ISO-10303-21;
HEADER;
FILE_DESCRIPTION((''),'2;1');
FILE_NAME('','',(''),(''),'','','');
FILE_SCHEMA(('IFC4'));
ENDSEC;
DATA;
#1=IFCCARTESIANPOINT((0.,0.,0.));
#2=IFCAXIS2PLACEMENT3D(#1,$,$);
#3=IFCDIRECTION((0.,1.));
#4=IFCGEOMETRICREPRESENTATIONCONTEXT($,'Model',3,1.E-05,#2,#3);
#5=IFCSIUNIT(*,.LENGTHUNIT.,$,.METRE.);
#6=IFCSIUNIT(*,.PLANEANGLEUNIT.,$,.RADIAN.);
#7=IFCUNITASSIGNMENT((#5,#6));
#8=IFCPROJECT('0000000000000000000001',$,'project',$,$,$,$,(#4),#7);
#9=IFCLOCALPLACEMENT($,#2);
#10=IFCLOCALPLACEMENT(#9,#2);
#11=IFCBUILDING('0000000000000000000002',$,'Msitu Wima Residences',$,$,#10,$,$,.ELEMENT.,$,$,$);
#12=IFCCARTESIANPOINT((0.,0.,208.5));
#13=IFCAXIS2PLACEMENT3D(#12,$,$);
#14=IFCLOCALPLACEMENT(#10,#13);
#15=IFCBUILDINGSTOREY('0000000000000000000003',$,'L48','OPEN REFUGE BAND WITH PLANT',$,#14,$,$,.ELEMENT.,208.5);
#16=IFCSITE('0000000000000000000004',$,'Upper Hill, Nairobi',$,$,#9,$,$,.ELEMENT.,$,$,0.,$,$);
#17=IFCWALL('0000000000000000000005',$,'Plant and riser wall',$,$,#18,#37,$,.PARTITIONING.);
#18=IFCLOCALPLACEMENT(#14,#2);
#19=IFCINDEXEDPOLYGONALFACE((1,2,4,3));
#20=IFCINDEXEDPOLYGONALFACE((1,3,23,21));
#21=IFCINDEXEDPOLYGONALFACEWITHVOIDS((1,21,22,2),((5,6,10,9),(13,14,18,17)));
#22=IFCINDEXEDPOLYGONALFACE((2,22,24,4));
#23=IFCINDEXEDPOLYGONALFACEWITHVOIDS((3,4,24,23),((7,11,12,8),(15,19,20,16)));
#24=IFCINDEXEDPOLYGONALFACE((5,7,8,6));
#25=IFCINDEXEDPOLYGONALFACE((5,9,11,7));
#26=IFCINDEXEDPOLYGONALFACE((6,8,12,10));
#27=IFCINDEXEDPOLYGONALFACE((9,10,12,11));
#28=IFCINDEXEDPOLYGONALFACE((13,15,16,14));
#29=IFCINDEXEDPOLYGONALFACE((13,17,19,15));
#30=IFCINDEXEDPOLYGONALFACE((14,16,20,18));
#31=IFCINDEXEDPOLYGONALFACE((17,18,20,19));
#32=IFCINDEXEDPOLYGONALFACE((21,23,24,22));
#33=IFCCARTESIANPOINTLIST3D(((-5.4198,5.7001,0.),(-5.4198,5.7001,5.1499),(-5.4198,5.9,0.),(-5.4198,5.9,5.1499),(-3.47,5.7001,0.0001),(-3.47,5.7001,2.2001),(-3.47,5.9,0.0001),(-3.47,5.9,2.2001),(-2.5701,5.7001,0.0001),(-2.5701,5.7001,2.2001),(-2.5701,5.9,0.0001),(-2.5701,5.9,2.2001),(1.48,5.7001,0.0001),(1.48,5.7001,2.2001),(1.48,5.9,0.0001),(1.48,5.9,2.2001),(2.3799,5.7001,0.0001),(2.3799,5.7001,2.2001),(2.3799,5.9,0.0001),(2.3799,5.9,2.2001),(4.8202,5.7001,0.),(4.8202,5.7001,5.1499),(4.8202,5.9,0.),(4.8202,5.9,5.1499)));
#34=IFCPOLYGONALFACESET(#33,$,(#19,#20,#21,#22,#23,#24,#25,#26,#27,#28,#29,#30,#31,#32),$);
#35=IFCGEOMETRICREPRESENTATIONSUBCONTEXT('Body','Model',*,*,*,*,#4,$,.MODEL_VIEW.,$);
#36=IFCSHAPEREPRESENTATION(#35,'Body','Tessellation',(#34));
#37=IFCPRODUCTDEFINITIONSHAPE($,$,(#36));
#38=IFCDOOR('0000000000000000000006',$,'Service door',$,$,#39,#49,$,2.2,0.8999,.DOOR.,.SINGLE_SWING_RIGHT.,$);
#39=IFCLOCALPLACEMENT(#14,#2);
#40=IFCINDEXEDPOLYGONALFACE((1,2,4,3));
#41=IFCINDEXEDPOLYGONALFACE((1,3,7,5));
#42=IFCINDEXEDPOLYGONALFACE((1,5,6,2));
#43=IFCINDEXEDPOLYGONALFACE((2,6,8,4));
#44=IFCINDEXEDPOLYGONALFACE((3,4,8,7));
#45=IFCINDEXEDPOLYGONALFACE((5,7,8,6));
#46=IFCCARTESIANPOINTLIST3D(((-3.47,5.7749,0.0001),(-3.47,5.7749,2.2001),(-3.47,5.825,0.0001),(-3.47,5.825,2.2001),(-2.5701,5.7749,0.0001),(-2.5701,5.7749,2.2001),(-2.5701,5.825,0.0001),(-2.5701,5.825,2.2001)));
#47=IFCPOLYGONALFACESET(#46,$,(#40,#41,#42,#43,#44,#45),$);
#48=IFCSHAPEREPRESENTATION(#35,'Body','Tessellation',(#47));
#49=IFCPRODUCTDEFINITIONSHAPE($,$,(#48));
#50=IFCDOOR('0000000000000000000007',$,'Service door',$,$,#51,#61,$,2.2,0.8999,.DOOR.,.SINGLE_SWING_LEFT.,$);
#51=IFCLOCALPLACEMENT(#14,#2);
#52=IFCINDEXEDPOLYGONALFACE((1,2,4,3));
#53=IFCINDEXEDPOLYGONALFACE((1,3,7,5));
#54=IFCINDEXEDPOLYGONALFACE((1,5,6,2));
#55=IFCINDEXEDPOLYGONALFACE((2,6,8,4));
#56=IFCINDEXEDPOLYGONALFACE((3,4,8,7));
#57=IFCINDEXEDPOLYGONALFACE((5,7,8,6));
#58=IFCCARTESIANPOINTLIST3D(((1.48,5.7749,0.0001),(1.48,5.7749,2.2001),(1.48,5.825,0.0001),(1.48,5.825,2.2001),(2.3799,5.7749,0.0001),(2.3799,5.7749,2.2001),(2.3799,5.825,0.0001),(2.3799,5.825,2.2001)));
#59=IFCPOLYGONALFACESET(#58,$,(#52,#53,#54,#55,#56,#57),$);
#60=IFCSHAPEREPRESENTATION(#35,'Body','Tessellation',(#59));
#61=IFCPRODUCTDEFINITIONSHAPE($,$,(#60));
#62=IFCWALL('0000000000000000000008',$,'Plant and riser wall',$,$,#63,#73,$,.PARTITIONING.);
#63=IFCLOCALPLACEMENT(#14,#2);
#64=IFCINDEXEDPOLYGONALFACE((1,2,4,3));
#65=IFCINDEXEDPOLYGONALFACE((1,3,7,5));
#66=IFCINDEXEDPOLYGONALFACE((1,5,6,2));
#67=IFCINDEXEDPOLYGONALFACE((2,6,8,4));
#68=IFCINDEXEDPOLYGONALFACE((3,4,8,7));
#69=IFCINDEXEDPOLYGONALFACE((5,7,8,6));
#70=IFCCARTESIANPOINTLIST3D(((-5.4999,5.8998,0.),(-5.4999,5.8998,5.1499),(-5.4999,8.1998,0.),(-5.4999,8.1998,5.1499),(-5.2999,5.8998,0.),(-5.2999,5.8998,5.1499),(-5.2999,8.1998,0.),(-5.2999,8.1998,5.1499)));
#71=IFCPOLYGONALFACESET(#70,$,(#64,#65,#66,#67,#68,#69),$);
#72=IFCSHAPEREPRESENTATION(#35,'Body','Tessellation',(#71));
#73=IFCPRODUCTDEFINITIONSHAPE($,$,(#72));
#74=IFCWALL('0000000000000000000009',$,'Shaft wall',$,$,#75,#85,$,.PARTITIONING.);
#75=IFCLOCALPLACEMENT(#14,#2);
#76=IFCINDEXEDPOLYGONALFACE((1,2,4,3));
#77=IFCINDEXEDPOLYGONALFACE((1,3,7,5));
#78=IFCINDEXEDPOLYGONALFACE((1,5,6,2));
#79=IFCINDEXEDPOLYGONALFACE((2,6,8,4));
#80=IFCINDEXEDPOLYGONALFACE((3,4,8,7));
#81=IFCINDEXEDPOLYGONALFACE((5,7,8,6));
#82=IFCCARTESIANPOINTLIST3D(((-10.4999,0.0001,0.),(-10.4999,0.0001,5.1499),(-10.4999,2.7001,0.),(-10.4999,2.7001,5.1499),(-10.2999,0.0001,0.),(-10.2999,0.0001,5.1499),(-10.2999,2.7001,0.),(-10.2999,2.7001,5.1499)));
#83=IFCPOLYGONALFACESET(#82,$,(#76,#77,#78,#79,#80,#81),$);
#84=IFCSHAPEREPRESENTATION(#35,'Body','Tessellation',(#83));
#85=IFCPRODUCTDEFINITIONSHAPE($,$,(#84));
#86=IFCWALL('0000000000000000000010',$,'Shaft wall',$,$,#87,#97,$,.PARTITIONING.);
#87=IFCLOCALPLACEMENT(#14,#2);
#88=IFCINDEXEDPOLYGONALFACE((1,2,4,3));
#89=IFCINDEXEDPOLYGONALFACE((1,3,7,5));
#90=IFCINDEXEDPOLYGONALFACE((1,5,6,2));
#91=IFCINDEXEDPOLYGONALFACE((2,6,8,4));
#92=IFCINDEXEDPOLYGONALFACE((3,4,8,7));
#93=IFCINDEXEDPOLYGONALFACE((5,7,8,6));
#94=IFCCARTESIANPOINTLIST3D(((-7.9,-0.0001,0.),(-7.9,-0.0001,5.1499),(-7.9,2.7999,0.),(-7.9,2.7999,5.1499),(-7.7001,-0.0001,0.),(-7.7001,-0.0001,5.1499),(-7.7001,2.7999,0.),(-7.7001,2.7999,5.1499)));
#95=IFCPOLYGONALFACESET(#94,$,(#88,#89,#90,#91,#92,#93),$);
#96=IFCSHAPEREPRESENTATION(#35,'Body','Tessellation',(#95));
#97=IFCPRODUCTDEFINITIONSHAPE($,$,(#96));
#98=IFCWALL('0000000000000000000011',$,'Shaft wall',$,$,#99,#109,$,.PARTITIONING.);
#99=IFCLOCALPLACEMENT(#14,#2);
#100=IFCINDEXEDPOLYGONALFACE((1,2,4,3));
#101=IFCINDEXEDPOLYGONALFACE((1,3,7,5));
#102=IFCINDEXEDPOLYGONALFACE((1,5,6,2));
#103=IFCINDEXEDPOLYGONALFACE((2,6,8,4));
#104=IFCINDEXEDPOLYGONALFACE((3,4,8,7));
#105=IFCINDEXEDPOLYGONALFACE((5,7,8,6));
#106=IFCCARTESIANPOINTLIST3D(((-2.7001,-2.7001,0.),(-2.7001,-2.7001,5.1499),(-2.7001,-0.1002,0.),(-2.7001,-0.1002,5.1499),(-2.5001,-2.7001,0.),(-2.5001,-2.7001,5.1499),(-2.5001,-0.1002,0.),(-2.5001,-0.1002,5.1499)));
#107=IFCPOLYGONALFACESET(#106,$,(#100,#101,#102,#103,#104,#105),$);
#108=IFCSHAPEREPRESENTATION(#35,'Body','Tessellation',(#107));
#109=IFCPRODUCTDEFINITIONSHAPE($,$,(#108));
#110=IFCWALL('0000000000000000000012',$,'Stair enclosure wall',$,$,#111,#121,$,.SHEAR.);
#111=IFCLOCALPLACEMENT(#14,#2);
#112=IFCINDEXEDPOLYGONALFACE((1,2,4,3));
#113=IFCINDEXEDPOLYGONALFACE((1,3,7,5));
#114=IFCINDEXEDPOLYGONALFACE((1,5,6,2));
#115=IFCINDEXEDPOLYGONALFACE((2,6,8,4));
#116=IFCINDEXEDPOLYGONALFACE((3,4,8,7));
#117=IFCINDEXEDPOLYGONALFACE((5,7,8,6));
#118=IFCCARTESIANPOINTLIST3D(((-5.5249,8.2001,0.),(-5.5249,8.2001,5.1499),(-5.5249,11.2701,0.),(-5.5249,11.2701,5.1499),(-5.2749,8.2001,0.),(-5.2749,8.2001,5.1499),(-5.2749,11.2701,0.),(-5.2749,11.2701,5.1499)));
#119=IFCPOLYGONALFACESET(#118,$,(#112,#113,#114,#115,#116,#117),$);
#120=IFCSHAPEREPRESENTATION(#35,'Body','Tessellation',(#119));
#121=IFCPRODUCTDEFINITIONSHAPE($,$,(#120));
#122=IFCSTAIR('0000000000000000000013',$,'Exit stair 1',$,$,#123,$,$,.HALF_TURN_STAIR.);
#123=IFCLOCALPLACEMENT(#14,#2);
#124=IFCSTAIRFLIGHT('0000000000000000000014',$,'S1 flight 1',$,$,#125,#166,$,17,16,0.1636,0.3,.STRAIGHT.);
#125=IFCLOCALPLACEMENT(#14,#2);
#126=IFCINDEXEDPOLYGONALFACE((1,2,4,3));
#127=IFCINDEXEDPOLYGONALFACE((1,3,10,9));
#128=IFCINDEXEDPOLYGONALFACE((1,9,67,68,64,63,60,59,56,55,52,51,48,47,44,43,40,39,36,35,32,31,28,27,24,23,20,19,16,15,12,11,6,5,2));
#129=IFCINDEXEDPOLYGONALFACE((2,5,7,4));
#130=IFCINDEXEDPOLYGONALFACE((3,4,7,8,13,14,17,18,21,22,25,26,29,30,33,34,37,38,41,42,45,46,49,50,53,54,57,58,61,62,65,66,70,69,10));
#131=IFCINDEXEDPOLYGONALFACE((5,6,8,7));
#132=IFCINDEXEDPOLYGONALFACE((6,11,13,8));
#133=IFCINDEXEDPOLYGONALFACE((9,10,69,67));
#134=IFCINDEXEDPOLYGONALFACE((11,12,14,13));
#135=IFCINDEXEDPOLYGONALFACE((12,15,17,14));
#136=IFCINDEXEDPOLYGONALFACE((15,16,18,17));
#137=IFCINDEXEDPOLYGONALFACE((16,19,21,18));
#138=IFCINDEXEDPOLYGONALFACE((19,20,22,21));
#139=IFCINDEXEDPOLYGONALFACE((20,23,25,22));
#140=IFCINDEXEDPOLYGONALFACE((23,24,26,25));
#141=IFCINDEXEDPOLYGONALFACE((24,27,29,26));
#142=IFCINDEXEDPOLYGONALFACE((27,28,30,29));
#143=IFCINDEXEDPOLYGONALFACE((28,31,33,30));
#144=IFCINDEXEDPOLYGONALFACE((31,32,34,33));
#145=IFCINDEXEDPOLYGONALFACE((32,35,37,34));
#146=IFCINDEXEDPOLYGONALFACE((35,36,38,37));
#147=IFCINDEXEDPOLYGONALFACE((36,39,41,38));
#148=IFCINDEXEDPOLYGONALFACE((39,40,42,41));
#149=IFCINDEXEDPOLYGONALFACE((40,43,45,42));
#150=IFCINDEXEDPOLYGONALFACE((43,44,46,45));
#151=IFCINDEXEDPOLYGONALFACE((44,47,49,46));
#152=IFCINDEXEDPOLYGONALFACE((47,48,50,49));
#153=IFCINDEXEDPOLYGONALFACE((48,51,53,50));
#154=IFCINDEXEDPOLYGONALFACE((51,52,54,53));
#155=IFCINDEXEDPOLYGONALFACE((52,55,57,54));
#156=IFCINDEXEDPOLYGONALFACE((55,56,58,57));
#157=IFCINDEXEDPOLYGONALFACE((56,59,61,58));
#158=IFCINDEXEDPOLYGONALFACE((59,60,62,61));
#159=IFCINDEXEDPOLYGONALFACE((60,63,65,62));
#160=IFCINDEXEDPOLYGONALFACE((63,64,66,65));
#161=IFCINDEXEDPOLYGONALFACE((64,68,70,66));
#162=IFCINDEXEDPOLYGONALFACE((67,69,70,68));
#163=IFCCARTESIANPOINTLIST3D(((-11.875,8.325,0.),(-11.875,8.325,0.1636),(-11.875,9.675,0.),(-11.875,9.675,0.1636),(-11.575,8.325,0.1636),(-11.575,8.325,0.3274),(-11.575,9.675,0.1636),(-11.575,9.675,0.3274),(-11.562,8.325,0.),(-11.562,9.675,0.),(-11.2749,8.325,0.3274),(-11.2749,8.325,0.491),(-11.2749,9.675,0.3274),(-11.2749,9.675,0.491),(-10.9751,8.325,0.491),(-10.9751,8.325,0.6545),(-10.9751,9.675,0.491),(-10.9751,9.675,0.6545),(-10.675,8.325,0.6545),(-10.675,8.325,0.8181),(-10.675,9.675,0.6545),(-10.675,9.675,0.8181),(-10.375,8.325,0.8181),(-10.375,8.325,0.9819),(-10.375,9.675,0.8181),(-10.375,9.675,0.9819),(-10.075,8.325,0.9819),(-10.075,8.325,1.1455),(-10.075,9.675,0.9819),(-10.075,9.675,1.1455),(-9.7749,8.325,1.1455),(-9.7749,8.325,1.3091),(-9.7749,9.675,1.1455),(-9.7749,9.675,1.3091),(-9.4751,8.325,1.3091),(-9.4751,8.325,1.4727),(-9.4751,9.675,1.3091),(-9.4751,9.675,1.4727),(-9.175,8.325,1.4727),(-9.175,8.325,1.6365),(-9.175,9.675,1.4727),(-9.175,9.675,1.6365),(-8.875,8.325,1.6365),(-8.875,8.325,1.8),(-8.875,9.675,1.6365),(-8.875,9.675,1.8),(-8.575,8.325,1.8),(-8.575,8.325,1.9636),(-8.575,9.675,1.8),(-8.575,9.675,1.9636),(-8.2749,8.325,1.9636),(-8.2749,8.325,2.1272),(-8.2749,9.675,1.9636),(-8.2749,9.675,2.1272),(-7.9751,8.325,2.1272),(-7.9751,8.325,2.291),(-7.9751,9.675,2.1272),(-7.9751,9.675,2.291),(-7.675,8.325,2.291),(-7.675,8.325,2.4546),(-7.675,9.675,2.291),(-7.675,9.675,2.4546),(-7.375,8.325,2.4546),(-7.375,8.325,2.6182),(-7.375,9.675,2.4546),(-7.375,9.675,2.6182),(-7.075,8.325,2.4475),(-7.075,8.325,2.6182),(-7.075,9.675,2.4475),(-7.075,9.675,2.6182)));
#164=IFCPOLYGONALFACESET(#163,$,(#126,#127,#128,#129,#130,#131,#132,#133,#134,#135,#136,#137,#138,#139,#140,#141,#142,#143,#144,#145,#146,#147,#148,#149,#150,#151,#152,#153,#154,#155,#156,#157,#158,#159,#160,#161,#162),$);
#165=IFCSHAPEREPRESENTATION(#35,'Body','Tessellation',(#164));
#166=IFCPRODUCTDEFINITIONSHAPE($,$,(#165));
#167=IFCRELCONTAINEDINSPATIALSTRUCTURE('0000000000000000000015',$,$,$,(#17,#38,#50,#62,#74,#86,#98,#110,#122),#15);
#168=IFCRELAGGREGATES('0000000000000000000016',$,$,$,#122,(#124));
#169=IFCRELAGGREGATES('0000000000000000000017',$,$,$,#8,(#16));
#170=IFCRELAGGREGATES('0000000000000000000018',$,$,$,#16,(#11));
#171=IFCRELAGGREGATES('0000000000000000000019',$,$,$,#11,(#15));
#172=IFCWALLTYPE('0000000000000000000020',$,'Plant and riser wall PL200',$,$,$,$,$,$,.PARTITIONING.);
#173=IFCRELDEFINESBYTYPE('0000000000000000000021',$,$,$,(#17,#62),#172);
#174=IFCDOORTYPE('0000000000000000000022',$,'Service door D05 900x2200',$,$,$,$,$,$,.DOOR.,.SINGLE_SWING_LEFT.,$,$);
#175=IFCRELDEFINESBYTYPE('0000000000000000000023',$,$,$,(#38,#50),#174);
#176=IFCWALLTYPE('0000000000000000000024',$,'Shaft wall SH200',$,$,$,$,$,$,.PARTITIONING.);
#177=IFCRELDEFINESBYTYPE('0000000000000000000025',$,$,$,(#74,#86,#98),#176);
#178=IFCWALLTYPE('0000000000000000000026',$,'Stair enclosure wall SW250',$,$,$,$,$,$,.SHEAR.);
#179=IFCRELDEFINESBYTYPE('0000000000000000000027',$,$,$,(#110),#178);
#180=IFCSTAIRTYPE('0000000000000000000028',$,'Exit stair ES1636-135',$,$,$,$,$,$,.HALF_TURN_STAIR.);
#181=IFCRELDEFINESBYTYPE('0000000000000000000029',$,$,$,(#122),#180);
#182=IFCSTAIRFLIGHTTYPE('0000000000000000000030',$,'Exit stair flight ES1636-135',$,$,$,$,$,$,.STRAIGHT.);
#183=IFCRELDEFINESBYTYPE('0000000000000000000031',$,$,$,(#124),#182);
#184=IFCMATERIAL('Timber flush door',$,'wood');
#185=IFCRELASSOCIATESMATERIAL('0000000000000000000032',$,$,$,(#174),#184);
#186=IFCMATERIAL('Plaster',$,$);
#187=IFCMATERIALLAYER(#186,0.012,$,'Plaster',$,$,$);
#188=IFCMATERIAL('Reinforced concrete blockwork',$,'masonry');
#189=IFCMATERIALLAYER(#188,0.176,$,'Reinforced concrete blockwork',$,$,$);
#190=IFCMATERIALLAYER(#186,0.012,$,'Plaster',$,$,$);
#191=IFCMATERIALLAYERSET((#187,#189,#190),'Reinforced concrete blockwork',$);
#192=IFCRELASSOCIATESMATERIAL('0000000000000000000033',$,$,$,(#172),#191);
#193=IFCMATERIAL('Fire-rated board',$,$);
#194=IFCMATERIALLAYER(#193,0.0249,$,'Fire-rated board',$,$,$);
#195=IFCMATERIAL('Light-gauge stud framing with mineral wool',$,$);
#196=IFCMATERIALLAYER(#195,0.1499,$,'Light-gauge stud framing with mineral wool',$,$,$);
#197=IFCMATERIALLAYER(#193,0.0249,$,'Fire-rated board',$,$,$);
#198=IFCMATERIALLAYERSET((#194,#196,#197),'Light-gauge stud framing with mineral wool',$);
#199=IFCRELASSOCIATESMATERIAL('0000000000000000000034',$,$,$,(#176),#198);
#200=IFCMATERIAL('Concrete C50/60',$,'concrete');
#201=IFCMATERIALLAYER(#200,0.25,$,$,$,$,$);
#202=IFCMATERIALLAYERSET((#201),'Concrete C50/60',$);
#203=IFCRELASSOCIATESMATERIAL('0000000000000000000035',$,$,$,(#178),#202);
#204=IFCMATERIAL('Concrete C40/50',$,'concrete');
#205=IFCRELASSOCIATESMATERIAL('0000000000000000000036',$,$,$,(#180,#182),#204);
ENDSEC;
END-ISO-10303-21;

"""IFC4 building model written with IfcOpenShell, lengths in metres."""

from ifc_helpers import new_model, si_unit, direction, frame, frame_2d, origin, place, context, subcontext, project, spatial, polyline, rectangle, outline, extrude, material, layer, layer_set, type_object, element, fill, aggregate, save


model = new_model("IFC4")

# Units and contexts
model_context = context("Model", 3, precision=1e-05, world=origin(), true_north=direction((0.0, 1.0)))
body_context = subcontext(model_context, "Body", "Model", "MODEL_VIEW")
ifc_project = project(units=[si_unit("LENGTHUNIT", "METRE"), si_unit("PLANEANGLEUNIT", "RADIAN")], contexts=[model_context])

# Site, building, storey
site_placement = place(None, origin())
site = spatial("IfcSite", under=ifc_project, at=site_placement, Name="Upper Hill, Nairobi", CompositionType="ELEMENT", RefElevation=0.0)
building_placement = place(site_placement, origin())
building = spatial("IfcBuilding", under=site, at=building_placement, Name="Msitu Wima Residences", CompositionType="ELEMENT")
storey_placement = place(building_placement, frame((0.0, 0.0, 208.5)))
storey = spatial("IfcBuildingStorey", under=building, at=storey_placement, Name="L48", Description="OPEN REFUGE BAND WITH PLANT", CompositionType="ELEMENT", Elevation=208.5)

# Shared definitions
ifc_material_1 = material(Name="Concrete C40/50", Category="concrete")

# Shared definitions
ifc_material_2 = material(Name="Plaster")
ifc_material_3 = material(Name="Timber flush door", Category="wood")
door_type_1 = type_object("IfcDoorType", Name="Service door D05 900x2200", OperationType="SINGLE_SWING_LEFT", PredefinedType="DOOR", material=ifc_material_3)

# Wall, openings, doors
ifc_layer_1 = layer(ifc_material_2, 0.012, Name="Plaster")
ifc_material_4 = material(Name="Reinforced concrete blockwork", Category="masonry")
ifc_layer_2 = layer(ifc_material_4, 0.176, Name="Reinforced concrete blockwork")
ifc_layer_3 = layer(ifc_material_2, 0.012, Name="Plaster")
ifc_layer_set_1 = layer_set([ifc_layer_1, ifc_layer_2, ifc_layer_3], Name="Reinforced concrete blockwork")
wall_type_1 = type_object("IfcWallType", Name="Plant and riser wall PL200", PredefinedType="PARTITIONING", material=ifc_layer_set_1)
wall_1_placement = place(storey_placement, frame((-5.4199, 5.8, 0.0), z_axis=(0.0, 0.0, 1.0), x_axis=(1.0, 0.0, 0.0)))
wall_1 = element("IfcWall", 1, at=wall_1_placement, inside=storey, type_object=wall_type_1, Name="Plant and riser wall", PredefinedType="PARTITIONING", context=body_context, shape_type="SweptSolid", body=[
    extrude(rectangle(XDim=10.24, YDim=0.2, at=frame_2d((5.1201, 0.0))), origin(), (0.0, 0.0, 1.0), 5.1499),
])
opening_1_placement = place(wall_1_placement, frame((1.95, 0.0, 0.0)))
opening_1 = element("IfcOpeningElement", 2, at=opening_1_placement, cuts=wall_1, PredefinedType="OPENING", context=body_context, shape_type="SweptSolid", body=[
    extrude(rectangle(XDim=0.8999, YDim=2.2, at=frame_2d((0.45, 1.1001))), frame((0.0, 0.1099, 0.0), z_axis=(0.0, -1.0, 0.0), x_axis=(1.0, 0.0, 0.0)), (0.0, 0.0, 1.0), 0.22),
])
opening_2_placement = place(wall_1_placement, frame((6.8999, 0.0, 0.0)))
opening_2 = element("IfcOpeningElement", 3, at=opening_2_placement, cuts=wall_1, PredefinedType="OPENING", context=body_context, shape_type="SweptSolid", body=[
    extrude(rectangle(XDim=0.8999, YDim=2.2, at=frame_2d((0.45, 1.1001))), frame((0.0, 0.1099, 0.0), z_axis=(0.0, -1.0, 0.0), x_axis=(1.0, 0.0, 0.0)), (0.0, 0.0, 1.0), 0.22),
])
door_1_placement = place(opening_1_placement, origin())
door_1 = element("IfcDoor", 4, at=door_1_placement, inside=storey, type_object=door_type_1, Name="Service door", OperationType="SINGLE_SWING_RIGHT", OverallHeight=2.2, OverallWidth=0.8999, PredefinedType="DOOR", context=body_context, shape_type="SweptSolid", body=[
    extrude(rectangle(XDim=0.8999, YDim=2.2, at=frame_2d((0.45, 1.1001))), frame((0.0, 0.0249, 0.0), z_axis=(0.0, -1.0, 0.0), x_axis=(1.0, 0.0, 0.0)), (0.0, 0.0, 1.0), 0.05),
])
fill(opening_1, door_1)
door_2_placement = place(opening_2_placement, origin())
door_2 = element("IfcDoor", 5, at=door_2_placement, inside=storey, type_object=door_type_1, Name="Service door", OperationType="SINGLE_SWING_LEFT", OverallHeight=2.2, OverallWidth=0.8999, PredefinedType="DOOR", context=body_context, shape_type="SweptSolid", body=[
    extrude(rectangle(XDim=0.8999, YDim=2.2, at=frame_2d((0.45, 1.1001))), frame((0.0, 0.0249, 0.0), z_axis=(0.0, -1.0, 0.0), x_axis=(1.0, 0.0, 0.0)), (0.0, 0.0, 1.0), 0.05),
])
fill(opening_2, door_2)

# Walls
wall_2_placement = place(storey_placement, frame((-5.3999, 5.8999, 0.0), z_axis=(0.0, 0.0, 1.0), x_axis=(0.0, 1.0, 0.0)))
element("IfcWall", 6, at=wall_2_placement, inside=storey, type_object=wall_type_1, Name="Plant and riser wall", PredefinedType="PARTITIONING", context=body_context, shape_type="SweptSolid", body=[
    extrude(rectangle(XDim=2.3, YDim=0.2, at=frame_2d((1.1499, 0.0))), origin(), (0.0, 0.0, 1.0), 5.1499),
])
ifc_material_5 = material(Name="Fire-rated board")
ifc_layer_4 = layer(ifc_material_5, 0.0249, Name="Fire-rated board")
ifc_material_6 = material(Name="Light-gauge stud framing with mineral wool")
ifc_layer_5 = layer(ifc_material_6, 0.1499, Name="Light-gauge stud framing with mineral wool")
ifc_layer_6 = layer(ifc_material_5, 0.0249, Name="Fire-rated board")
ifc_layer_set_2 = layer_set([ifc_layer_4, ifc_layer_5, ifc_layer_6], Name="Light-gauge stud framing with mineral wool")
wall_type_2 = type_object("IfcWallType", Name="Shaft wall SH200", PredefinedType="PARTITIONING", material=ifc_layer_set_2)
wall_3_placement = place(storey_placement, frame((-10.3999, 0.0, 0.0), z_axis=(0.0, 0.0, 1.0), x_axis=(0.0, 1.0, 0.0)))
element("IfcWall", 7, at=wall_3_placement, inside=storey, type_object=wall_type_2, Name="Shaft wall", PredefinedType="PARTITIONING", context=body_context, shape_type="SweptSolid", body=[
    extrude(rectangle(XDim=2.7, YDim=0.2, at=frame_2d((1.3501, 0.0))), origin(), (0.0, 0.0, 1.0), 5.1499),
])
wall_4_placement = place(storey_placement, frame((-7.8, 0.0, 0.0), z_axis=(0.0, 0.0, 1.0), x_axis=(0.0, 1.0, 0.0)))
element("IfcWall", 8, at=wall_4_placement, inside=storey, type_object=wall_type_2, Name="Shaft wall", PredefinedType="PARTITIONING", context=body_context, shape_type="SweptSolid", body=[
    extrude(rectangle(XDim=2.8, YDim=0.2, at=frame_2d((1.3999, 0.0))), origin(), (0.0, 0.0, 1.0), 5.1499),
])
wall_5_placement = place(storey_placement, frame((-2.6001, -2.7, 0.0), z_axis=(0.0, 0.0, 1.0), x_axis=(0.0, 1.0, 0.0)))
element("IfcWall", 9, at=wall_5_placement, inside=storey, type_object=wall_type_2, Name="Shaft wall", PredefinedType="PARTITIONING", context=body_context, shape_type="SweptSolid", body=[
    extrude(rectangle(XDim=2.5999, YDim=0.2, at=frame_2d((1.2998, 0.0))), origin(), (0.0, 0.0, 1.0), 5.1499),
])
ifc_material_7 = material(Name="Concrete C50/60", Category="concrete")
ifc_layer_7 = layer(ifc_material_7, 0.25)
ifc_layer_set_3 = layer_set([ifc_layer_7], Name="Concrete C50/60")
wall_type_3 = type_object("IfcWallType", Name="Stair enclosure wall SW250", PredefinedType="SHEAR", material=ifc_layer_set_3)
wall_6_placement = place(storey_placement, frame((-5.3999, 8.2, 0.0), z_axis=(0.0, 0.0, 1.0), x_axis=(0.0, 1.0, 0.0)))
element("IfcWall", 10, at=wall_6_placement, inside=storey, type_object=wall_type_3, Name="Stair enclosure wall", PredefinedType="SHEAR", context=body_context, shape_type="SweptSolid", body=[
    extrude(rectangle(XDim=3.0701, YDim=0.25, at=frame_2d((1.5352, 0.0))), origin(), (0.0, 0.0, 1.0), 5.1499),
])

# Stair, stair flight
stair_type = type_object("IfcStairType", Name="Exit stair ES1636-135", PredefinedType="HALF_TURN_STAIR", material=ifc_material_1)
stair_placement = place(storey_placement, origin())
stair = element("IfcStair", 11, at=stair_placement, inside=storey, type_object=stair_type, Name="Exit stair 1", PredefinedType="HALF_TURN_STAIR")
stair_flight_type = type_object("IfcStairFlightType", Name="Exit stair flight ES1636-135", PredefinedType="STRAIGHT", material=ifc_material_1)
stair_flight_1_placement = place(storey_placement, frame((-11.875, 9.0, 0.0), z_axis=(0.0, 0.0, 1.0), x_axis=(1.0, 0.0, 0.0)))
stair_flight_1 = element("IfcStairFlight", 12, at=stair_flight_1_placement, type_object=stair_flight_type, Name="S1 flight 1", NumberOfRisers=17, NumberOfTreads=16, PredefinedType="STRAIGHT", RiserHeight=0.1636, TreadLength=0.3, context=body_context, shape_type="SweptSolid", body=[
    extrude(outline(polyline([(0.0, 0.0), (0.0, 0.1636), (0.3, 0.1636), (0.3, 0.3274), (0.6001, 0.3274), (0.6001, 0.491), (0.8999, 0.491), (0.8999, 0.6545), (1.2, 0.6545), (1.2, 0.8181), (1.5, 0.8181), (1.5, 0.9819), (1.8, 0.9819), (1.8, 1.1455), (2.1001, 1.1455), (2.1001, 1.3091), (2.3999, 1.3091), (2.3999, 1.4727), (2.7, 1.4727), (2.7, 1.6365), (3.0, 1.6365), (3.0, 1.8), (3.3, 1.8), (3.3, 1.9636), (3.6001, 1.9636), (3.6001, 2.1272), (3.8999, 2.1272), (3.8999, 2.291), (4.2, 2.291), (4.2, 2.4546), (4.5, 2.4546), (4.5, 2.6182), (4.8, 2.6182), (4.8, 2.7817), (4.8, 2.4475), (0.313, 0.0), (0.0, 0.0)])), frame((0.0, 0.675, 0.0), z_axis=(0.0, -1.0, 0.0), x_axis=(1.0, 0.0, 0.0)), (0.0, 0.0, 1.0), 1.3501),
])
aggregate(stair, [stair_flight_1])

save(model, "model.ifc")
